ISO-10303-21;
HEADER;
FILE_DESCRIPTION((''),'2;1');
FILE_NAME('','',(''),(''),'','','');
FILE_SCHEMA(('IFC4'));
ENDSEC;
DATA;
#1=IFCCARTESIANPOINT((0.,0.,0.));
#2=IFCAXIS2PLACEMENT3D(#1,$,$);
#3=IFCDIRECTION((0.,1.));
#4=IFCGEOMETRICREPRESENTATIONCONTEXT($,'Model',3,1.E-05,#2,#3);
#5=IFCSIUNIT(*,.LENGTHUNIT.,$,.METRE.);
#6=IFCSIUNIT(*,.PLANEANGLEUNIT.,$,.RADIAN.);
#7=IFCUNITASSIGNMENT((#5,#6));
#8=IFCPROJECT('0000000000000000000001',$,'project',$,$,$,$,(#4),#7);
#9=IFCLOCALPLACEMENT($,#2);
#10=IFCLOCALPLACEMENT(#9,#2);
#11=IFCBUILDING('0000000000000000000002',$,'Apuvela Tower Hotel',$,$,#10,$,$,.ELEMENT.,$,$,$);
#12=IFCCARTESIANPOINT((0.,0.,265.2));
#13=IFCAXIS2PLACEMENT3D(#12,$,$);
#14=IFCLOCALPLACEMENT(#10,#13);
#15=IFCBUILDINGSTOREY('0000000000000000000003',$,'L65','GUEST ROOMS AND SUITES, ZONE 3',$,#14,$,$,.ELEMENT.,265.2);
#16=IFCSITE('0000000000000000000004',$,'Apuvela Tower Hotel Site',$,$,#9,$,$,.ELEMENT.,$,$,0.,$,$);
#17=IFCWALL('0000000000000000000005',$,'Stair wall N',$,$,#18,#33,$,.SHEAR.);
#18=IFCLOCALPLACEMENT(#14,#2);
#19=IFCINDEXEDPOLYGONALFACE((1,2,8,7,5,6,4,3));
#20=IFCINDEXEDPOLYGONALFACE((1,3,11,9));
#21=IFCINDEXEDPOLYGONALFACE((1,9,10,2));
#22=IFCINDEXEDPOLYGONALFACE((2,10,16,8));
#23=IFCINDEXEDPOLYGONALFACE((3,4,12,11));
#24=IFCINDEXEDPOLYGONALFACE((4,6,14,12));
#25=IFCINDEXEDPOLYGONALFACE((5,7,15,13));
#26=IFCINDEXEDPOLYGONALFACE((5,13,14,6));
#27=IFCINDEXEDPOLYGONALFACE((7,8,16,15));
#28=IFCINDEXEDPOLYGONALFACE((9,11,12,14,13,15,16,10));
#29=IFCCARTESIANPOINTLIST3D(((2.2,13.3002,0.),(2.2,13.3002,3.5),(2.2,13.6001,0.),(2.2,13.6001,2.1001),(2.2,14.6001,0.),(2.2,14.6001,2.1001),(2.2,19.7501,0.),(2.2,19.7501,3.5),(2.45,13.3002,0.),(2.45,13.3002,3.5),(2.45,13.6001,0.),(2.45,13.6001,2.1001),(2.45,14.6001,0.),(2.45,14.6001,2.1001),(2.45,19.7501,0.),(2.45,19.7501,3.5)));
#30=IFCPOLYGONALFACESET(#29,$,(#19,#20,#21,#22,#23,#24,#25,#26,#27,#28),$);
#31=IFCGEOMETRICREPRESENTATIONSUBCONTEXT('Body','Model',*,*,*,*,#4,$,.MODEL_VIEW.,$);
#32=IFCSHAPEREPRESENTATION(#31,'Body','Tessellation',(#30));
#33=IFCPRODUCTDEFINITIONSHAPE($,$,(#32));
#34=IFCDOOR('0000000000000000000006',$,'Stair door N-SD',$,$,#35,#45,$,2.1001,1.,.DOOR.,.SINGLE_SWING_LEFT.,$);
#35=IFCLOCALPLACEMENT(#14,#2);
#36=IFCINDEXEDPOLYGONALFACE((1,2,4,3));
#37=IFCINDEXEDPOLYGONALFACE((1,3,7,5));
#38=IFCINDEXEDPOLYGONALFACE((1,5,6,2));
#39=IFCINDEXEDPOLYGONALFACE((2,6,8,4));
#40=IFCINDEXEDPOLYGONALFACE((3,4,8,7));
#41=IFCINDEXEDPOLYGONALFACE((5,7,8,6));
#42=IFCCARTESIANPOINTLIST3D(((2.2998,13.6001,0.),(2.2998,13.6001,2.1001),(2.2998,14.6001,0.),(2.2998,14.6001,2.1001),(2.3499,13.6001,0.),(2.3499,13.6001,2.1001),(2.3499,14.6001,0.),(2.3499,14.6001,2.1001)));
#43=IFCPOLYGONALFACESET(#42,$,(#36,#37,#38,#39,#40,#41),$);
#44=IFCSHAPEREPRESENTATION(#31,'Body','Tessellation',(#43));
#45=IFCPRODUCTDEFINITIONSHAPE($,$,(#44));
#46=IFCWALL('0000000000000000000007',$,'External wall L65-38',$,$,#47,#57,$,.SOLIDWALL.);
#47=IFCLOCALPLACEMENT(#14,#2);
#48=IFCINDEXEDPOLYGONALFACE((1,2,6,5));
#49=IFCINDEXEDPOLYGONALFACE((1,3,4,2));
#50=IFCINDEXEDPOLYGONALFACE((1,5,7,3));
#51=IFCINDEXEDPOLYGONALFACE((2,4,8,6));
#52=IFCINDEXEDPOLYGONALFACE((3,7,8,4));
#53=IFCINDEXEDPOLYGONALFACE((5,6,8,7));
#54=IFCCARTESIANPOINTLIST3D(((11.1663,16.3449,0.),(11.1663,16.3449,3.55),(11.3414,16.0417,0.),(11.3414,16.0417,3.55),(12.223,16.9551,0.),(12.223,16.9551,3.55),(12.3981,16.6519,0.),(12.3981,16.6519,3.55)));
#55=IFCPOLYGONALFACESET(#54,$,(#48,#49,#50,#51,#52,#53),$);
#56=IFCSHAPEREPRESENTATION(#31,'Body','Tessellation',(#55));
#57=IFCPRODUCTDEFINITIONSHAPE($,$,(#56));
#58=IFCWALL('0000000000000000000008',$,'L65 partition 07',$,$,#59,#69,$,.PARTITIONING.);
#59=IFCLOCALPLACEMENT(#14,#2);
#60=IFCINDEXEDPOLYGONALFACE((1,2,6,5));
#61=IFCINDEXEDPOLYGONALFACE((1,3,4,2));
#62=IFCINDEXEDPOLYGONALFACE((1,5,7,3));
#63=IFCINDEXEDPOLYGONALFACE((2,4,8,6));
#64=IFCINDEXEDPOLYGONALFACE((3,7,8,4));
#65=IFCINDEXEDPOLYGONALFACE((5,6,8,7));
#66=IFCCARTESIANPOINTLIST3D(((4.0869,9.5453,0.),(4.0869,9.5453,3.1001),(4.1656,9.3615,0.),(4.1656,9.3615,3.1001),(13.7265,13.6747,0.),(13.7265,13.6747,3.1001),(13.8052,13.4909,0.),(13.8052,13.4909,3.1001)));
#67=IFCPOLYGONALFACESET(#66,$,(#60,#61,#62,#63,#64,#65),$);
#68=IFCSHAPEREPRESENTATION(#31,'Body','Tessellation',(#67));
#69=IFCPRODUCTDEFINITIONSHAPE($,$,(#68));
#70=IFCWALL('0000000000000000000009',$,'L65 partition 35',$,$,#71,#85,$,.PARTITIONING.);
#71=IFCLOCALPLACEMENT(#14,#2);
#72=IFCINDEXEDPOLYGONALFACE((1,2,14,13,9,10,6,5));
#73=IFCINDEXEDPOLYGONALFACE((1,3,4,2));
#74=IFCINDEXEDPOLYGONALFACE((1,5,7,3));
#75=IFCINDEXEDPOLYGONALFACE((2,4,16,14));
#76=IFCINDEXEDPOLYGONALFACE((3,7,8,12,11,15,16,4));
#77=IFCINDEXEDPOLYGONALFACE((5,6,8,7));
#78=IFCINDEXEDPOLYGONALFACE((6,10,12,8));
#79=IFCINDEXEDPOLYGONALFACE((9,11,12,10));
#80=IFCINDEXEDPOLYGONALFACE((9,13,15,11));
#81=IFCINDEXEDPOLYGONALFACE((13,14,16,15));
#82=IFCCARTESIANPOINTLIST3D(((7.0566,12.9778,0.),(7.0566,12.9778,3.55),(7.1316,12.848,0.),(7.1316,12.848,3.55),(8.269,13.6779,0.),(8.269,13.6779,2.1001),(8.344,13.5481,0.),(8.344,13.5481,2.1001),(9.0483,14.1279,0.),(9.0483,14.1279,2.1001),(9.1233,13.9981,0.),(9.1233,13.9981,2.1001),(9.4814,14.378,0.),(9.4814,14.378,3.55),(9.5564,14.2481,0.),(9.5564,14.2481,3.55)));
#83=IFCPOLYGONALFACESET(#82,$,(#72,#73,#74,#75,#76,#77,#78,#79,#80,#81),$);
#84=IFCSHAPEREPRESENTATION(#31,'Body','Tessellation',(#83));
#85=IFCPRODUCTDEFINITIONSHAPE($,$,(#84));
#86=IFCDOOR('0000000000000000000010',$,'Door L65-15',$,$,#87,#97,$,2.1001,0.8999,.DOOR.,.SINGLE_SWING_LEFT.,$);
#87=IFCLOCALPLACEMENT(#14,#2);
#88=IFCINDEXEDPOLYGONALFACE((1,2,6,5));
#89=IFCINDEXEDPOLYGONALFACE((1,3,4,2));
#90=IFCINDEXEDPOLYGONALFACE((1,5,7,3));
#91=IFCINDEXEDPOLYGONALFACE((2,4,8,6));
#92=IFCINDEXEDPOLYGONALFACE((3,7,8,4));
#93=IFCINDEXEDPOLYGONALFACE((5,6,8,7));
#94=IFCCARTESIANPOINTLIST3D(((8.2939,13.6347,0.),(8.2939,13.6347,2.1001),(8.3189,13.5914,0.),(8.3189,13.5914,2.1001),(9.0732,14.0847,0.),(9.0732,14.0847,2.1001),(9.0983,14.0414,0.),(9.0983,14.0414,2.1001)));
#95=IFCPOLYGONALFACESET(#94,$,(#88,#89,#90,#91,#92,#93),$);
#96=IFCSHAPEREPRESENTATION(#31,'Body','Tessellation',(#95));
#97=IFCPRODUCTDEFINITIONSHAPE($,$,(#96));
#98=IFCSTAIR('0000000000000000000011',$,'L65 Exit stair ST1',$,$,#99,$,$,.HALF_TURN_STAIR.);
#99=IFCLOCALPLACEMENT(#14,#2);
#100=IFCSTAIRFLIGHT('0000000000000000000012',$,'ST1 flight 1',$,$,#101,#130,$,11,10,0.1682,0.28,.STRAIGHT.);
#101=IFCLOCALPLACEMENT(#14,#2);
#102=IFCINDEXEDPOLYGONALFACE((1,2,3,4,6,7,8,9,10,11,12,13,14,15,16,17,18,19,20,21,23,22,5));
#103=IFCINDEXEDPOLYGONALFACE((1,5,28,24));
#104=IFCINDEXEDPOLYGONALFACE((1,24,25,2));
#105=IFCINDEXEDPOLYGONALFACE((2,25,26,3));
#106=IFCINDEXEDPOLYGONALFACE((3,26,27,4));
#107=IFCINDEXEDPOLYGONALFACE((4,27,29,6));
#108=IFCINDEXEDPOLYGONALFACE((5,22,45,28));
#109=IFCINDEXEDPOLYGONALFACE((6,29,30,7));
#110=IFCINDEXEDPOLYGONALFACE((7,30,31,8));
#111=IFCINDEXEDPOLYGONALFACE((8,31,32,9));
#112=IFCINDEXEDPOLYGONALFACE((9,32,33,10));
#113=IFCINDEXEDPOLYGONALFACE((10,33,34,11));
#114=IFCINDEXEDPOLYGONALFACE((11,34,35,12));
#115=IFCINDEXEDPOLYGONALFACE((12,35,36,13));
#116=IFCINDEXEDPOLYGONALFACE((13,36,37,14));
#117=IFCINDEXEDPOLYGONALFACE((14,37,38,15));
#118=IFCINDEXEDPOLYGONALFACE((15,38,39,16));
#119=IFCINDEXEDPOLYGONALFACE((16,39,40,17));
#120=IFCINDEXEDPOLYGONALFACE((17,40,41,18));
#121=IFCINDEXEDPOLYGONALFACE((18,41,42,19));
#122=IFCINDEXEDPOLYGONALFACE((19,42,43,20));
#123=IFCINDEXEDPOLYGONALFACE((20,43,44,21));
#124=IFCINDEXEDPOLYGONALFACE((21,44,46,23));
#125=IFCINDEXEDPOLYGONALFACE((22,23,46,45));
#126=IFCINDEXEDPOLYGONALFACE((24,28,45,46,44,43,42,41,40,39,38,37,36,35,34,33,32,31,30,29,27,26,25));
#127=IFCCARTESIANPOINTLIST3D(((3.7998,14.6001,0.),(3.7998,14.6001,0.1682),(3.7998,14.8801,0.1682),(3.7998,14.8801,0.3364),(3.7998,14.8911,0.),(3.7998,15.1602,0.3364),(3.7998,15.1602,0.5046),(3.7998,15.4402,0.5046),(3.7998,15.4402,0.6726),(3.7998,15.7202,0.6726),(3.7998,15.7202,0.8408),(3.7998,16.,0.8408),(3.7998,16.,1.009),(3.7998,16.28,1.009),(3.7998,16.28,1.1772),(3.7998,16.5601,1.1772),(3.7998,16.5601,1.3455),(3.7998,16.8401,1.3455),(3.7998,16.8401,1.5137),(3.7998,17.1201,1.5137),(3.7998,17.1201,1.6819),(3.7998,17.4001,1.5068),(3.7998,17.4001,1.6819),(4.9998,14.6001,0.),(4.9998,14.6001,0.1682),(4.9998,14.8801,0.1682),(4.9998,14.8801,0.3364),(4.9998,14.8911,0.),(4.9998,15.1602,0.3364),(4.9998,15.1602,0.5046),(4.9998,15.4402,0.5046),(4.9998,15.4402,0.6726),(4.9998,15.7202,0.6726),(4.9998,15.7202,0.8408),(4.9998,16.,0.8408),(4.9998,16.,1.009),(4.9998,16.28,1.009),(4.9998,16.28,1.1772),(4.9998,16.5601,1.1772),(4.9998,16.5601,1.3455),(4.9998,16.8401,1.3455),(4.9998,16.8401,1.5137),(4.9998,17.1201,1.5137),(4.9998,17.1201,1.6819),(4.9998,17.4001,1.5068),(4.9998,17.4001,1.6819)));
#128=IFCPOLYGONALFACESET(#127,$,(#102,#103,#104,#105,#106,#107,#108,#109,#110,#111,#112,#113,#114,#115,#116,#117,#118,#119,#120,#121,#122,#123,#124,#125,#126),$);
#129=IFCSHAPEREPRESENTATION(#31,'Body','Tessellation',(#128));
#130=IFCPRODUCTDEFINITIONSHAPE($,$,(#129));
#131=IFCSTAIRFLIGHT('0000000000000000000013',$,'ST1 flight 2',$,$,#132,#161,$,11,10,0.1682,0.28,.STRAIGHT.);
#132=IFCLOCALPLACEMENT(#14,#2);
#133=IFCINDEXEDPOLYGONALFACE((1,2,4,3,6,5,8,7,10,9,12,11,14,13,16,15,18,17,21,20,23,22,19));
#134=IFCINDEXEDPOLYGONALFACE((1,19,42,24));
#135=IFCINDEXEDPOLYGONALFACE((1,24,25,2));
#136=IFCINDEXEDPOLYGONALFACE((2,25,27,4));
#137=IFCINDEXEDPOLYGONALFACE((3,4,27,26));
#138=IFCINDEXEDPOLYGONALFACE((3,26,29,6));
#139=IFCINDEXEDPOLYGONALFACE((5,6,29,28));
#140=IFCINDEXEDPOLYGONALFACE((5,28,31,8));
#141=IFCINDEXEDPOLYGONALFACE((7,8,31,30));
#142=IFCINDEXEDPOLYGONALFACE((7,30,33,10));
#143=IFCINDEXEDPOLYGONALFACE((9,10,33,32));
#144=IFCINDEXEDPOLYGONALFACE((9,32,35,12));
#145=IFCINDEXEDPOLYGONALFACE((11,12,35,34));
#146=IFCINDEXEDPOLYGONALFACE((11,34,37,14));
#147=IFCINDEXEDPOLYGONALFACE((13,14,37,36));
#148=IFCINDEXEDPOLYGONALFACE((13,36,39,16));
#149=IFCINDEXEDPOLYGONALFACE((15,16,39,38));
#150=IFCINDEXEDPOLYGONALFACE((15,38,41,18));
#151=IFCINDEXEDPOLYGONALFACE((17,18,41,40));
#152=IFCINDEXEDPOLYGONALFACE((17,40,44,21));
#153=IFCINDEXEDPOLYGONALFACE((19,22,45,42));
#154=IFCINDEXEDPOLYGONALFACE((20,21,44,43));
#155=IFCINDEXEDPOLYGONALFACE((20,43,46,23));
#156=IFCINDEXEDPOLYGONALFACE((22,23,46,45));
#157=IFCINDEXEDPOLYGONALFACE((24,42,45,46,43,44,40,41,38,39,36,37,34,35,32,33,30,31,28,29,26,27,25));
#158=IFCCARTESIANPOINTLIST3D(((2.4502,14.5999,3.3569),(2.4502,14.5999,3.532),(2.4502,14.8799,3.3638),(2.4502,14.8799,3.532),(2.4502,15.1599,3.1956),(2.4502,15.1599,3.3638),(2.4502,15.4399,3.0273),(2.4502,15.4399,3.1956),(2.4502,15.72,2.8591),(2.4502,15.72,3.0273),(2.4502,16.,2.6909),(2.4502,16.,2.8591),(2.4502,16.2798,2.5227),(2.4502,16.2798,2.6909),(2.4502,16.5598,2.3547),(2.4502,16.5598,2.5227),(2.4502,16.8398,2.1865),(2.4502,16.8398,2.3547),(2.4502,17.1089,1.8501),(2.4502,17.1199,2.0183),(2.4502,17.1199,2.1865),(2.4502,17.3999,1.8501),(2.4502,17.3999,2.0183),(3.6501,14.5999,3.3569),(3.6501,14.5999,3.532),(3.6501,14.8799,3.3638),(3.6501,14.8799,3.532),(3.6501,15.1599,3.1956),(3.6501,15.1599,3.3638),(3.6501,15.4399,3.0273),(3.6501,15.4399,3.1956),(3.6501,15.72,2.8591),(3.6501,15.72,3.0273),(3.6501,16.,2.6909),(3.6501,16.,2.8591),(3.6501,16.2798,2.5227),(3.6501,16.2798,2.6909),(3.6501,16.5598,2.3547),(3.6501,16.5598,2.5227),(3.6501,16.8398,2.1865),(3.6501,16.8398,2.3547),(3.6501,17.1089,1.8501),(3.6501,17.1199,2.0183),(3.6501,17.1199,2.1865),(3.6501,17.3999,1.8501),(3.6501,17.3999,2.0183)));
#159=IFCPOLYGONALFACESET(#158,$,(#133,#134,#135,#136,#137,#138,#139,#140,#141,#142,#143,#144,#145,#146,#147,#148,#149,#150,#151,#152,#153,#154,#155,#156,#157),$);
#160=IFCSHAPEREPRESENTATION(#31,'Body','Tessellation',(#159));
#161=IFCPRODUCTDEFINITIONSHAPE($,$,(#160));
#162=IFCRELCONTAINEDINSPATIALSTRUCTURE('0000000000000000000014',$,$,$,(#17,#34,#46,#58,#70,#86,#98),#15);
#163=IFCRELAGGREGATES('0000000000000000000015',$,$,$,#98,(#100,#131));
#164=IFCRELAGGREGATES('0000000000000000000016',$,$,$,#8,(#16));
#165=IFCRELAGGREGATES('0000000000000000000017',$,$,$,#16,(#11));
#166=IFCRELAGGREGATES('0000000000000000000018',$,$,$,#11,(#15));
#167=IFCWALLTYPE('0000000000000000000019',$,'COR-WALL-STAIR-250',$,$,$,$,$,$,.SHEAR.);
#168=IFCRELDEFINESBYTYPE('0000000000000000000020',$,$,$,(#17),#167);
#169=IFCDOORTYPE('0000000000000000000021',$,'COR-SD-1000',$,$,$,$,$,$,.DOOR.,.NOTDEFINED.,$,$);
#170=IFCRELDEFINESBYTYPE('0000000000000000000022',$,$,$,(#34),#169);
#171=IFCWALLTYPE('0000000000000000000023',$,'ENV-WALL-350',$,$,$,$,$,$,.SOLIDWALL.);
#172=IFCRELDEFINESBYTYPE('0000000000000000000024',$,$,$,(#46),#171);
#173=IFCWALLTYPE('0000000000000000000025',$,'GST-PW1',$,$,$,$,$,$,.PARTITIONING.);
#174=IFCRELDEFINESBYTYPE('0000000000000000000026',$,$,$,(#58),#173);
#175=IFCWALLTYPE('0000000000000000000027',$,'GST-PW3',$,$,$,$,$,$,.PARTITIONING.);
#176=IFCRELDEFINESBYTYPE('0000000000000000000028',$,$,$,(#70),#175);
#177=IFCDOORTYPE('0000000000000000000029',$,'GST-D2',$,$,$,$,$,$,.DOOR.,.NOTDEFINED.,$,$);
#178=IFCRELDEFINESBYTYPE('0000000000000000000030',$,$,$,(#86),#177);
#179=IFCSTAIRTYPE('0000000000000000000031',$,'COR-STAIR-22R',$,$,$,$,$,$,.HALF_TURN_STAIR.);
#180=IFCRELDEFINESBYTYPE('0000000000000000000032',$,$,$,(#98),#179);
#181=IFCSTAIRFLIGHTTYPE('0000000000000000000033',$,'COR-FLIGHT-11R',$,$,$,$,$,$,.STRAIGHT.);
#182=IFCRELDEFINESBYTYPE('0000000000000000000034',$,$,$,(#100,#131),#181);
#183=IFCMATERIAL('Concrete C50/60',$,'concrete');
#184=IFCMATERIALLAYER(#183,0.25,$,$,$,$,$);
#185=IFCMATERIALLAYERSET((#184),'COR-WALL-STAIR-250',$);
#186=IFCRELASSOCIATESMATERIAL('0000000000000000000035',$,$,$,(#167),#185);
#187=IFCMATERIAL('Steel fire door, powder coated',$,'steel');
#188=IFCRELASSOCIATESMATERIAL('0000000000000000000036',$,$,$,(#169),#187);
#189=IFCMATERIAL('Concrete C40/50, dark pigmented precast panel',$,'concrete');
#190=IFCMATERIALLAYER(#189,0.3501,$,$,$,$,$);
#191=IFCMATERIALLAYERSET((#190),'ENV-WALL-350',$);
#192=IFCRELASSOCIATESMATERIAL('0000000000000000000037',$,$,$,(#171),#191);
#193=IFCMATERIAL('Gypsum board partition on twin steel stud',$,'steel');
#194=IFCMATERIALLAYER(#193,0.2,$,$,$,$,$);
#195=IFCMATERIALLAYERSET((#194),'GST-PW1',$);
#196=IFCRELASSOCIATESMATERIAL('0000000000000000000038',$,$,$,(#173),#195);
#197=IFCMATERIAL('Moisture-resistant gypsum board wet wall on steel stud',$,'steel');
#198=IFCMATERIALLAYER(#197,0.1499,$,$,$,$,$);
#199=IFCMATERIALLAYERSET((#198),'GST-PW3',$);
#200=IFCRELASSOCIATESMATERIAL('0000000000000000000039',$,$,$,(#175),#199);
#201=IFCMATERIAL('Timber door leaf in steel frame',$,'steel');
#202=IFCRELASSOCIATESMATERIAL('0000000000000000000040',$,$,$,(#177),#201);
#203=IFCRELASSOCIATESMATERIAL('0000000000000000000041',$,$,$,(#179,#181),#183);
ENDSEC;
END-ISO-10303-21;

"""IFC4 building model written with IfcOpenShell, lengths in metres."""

from ifc_helpers import new_model, si_unit, direction, frame, frame_2d, origin, place, context, subcontext, project, spatial, polyline, rectangle, outline, extrude, material, layer, layer_set, type_object, element, fill, aggregate, save


model = new_model("IFC4")

# Units and contexts
model_context = context("Model", 3, precision=1e-05, world=origin(), true_north=direction((0.0, 1.0)))
body_context = subcontext(model_context, "Body", "Model", "MODEL_VIEW")
ifc_project = project(units=[si_unit("LENGTHUNIT", "METRE"), si_unit("PLANEANGLEUNIT", "RADIAN")], contexts=[model_context])

# Site, building, storey
site_placement = place(None, origin())
site = spatial("IfcSite", under=ifc_project, at=site_placement, Name="Apuvela Tower Hotel Site", CompositionType="ELEMENT", RefElevation=0.0)
building_placement = place(site_placement, origin())
building = spatial("IfcBuilding", under=site, at=building_placement, Name="Apuvela Tower Hotel", CompositionType="ELEMENT")
storey_placement = place(building_placement, frame((0.0, 0.0, 265.2)))
storey = spatial("IfcBuildingStorey", under=building, at=storey_placement, Name="L65", Description="GUEST ROOMS AND SUITES, ZONE 3", CompositionType="ELEMENT", Elevation=265.2)

# Shared definitions
ifc_material_1 = material(Name="Concrete C50/60", Category="concrete")
ifc_material_2 = material(Name="Steel fire door, powder coated", Category="steel")

# Wall, opening, door
ifc_layer_1 = layer(ifc_material_1, 0.25)
ifc_layer_set_1 = layer_set([ifc_layer_1], Name="COR-WALL-STAIR-250")
wall_type_1 = type_object("IfcWallType", Name="COR-WALL-STAIR-250", PredefinedType="SHEAR", material=ifc_layer_set_1)
wall_1_placement = place(storey_placement, frame((2.325, 13.3, 0.0), z_axis=(0.0, 0.0, 1.0), x_axis=(0.0, 1.0, 0.0)))
wall_1 = element("IfcWall", 1, at=wall_1_placement, inside=storey, type_object=wall_type_1, Name="Stair wall N", PredefinedType="SHEAR", context=body_context, shape_type="SweptSolid", body=[
    extrude(rectangle(XDim=6.45, YDim=0.25, at=frame_2d((3.2251, 0.0))), origin(), (0.0, 0.0, 1.0), 3.5),
])
opening_1_placement = place(wall_1_placement, frame((0.3, 0.0, 0.0)))
opening_1 = element("IfcOpeningElement", 2, at=opening_1_placement, cuts=wall_1, PredefinedType="OPENING", context=body_context, shape_type="SweptSolid", body=[
    extrude(rectangle(XDim=1.0, YDim=2.1001, at=frame_2d((0.5, 1.05))), frame((0.0, 0.135, 0.0), z_axis=(0.0, -1.0, 0.0), x_axis=(1.0, 0.0, 0.0)), (0.0, 0.0, 1.0), 0.27),
])
door_type_1 = type_object("IfcDoorType", Name="COR-SD-1000", OperationType="NOTDEFINED", PredefinedType="DOOR", material=ifc_material_2)
door_1_placement = place(opening_1_placement, frame((1.0, 0.0, 0.0), z_axis=(0.0, 0.0, 1.0), x_axis=(-1.0, 0.0, 0.0)))
door_1 = element("IfcDoor", 3, at=door_1_placement, inside=storey, type_object=door_type_1, Name="Stair door N-SD", OperationType="SINGLE_SWING_LEFT", OverallHeight=2.1001, OverallWidth=1.0, PredefinedType="DOOR", context=body_context, shape_type="SweptSolid", body=[
    extrude(rectangle(XDim=1.0, YDim=2.1001, at=frame_2d((0.5, 1.05))), frame((0.0, 0.0249, 0.0), z_axis=(0.0, -1.0, 0.0), x_axis=(1.0, 0.0, 0.0)), (0.0, 0.0, 1.0), 0.05),
])
fill(opening_1, door_1)

# Wall
ifc_material_3 = material(Name="Concrete C40/50, dark pigmented precast panel", Category="concrete")
ifc_layer_2 = layer(ifc_material_3, 0.3501)
ifc_layer_set_2 = layer_set([ifc_layer_2], Name="ENV-WALL-350")
wall_type_2 = type_object("IfcWallType", Name="ENV-WALL-350", PredefinedType="SOLIDWALL", material=ifc_layer_set_2)
wall_2_placement = place(storey_placement, frame((12.3105, 16.8035, 0.0), z_axis=(0.0, 0.0, 1.0), x_axis=(-0.866006, -0.500034, 0.0)))
element("IfcWall", 4, at=wall_2_placement, inside=storey, type_object=wall_type_2, Name="External wall L65-38", PredefinedType="SOLIDWALL", context=body_context, shape_type="SweptSolid", body=[
    extrude(rectangle(XDim=1.2202, YDim=0.3501, at=frame_2d((0.6101, 0.0))), origin(), (0.0, 0.0, 1.0), 3.55),
])

# Wall
ifc_material_4 = material(Name="Gypsum board partition on twin steel stud", Category="steel")
ifc_layer_3 = layer(ifc_material_4, 0.2)
ifc_layer_set_3 = layer_set([ifc_layer_3], Name="GST-PW1")
wall_type_3 = type_object("IfcWallType", Name="GST-PW1", PredefinedType="PARTITIONING", material=ifc_layer_set_3)
wall_3_placement = place(storey_placement, frame((13.7659, 13.5828, 0.0), z_axis=(0.0, 0.0, 1.0), x_axis=(-0.91921, -0.393768, 0.0)))
element("IfcWall", 5, at=wall_3_placement, inside=storey, type_object=wall_type_3, Name="L65 partition 07", PredefinedType="PARTITIONING", context=body_context, shape_type="SweptSolid", body=[
    extrude(rectangle(XDim=10.4868, YDim=0.2, at=frame_2d((5.2434, 0.0))), origin(), (0.0, 0.0, 1.0), 3.1001),
])

# Wall, opening, door
ifc_material_5 = material(Name="Moisture-resistant gypsum board wet wall on steel stud", Category="steel")
ifc_layer_4 = layer(ifc_material_5, 0.1499)
ifc_layer_set_4 = layer_set([ifc_layer_4], Name="GST-PW3")
wall_type_4 = type_object("IfcWallType", Name="GST-PW3", PredefinedType="PARTITIONING", material=ifc_layer_set_4)
wall_4_placement = place(storey_placement, frame((9.5188, 14.313, 0.0), z_axis=(0.0, 0.0, 1.0), x_axis=(-0.865997, -0.50005, 0.0)))
wall_4 = element("IfcWall", 6, at=wall_4_placement, inside=storey, type_object=wall_type_4, Name="L65 partition 35", PredefinedType="PARTITIONING", context=body_context, shape_type="SweptSolid", body=[
    extrude(rectangle(XDim=2.8, YDim=0.1499, at=frame_2d((1.3999, 0.0))), origin(), (0.0, 0.0, 1.0), 3.55),
])
opening_2_placement = place(wall_4_placement, frame((0.5, 0.0, 0.0)))
opening_2 = element("IfcOpeningElement", 7, at=opening_2_placement, cuts=wall_4, PredefinedType="OPENING", context=body_context, shape_type="SweptSolid", body=[
    extrude(rectangle(XDim=0.8999, YDim=2.1001, at=frame_2d((0.45, 1.05))), frame((0.0, 0.085, 0.0), z_axis=(0.0, -1.0, 0.0), x_axis=(1.0, 0.0, 0.0)), (0.0, 0.0, 1.0), 0.1699),
])
ifc_material_6 = material(Name="Timber door leaf in steel frame", Category="steel")
door_type_2 = type_object("IfcDoorType", Name="GST-D2", OperationType="NOTDEFINED", PredefinedType="DOOR", material=ifc_material_6)
door_2_placement = place(opening_2_placement, origin())
door_2 = element("IfcDoor", 8, at=door_2_placement, inside=storey, type_object=door_type_2, Name="Door L65-15", OperationType="SINGLE_SWING_LEFT", OverallHeight=2.1001, OverallWidth=0.8999, PredefinedType="DOOR", context=body_context, shape_type="SweptSolid", body=[
    extrude(rectangle(XDim=0.8999, YDim=2.1001, at=frame_2d((0.45, 1.05))), frame((0.0, 0.0249, 0.0), z_axis=(0.0, -1.0, 0.0), x_axis=(1.0, 0.0, 0.0)), (0.0, 0.0, 1.0), 0.05),
])
fill(opening_2, door_2)

# Stair, stair flights
stair_type = type_object("IfcStairType", Name="COR-STAIR-22R", PredefinedType="HALF_TURN_STAIR", material=ifc_material_1)
stair_placement = place(storey_placement, origin())
stair = element("IfcStair", 9, at=stair_placement, inside=storey, type_object=stair_type, Name="L65 Exit stair ST1", PredefinedType="HALF_TURN_STAIR")
stair_flight_type = type_object("IfcStairFlightType", Name="COR-FLIGHT-11R", PredefinedType="STRAIGHT", material=ifc_material_1)
stair_flight_1_placement = place(storey_placement, frame((4.3999, 14.6001, 0.0), z_axis=(0.0, 0.0, 1.0), x_axis=(0.0, 1.0, 0.0)))
stair_flight_1 = element("IfcStairFlight", 10, at=stair_flight_1_placement, type_object=stair_flight_type, Name="ST1 flight 1", NumberOfRisers=11, NumberOfTreads=10, PredefinedType="STRAIGHT", RiserHeight=0.1682, TreadLength=0.28, context=body_context, shape_type="SweptSolid", body=[
    extrude(outline(polyline([(0.0, 0.0), (0.0, 0.1682), (0.28, 0.1682), (0.28, 0.3364), (0.5601, 0.3364), (0.5601, 0.5046), (0.8401, 0.5046), (0.8401, 0.6726), (1.1201, 0.6726), (1.1201, 0.8408), (1.3999, 0.8408), (1.3999, 1.009), (1.6799, 1.009), (1.6799, 1.1772), (1.96, 1.1772), (1.96, 1.3455), (2.24, 1.3455), (2.24, 1.5137), (2.52, 1.5137), (2.52, 1.6819), (2.8, 1.6819), (2.8, 1.8501), (2.8, 1.5068), (0.291, 0.0), (0.0, 0.0)])), frame((0.0, 0.6001, 0.0), z_axis=(0.0, -1.0, 0.0), x_axis=(1.0, 0.0, 0.0)), (0.0, 0.0, 1.0), 1.2),
])
stair_flight_2_placement = place(storey_placement, frame((3.05, 17.3999, 1.8501), z_axis=(0.0, 0.0, 1.0), x_axis=(0.0, -1.0, 0.0)))
stair_flight_2 = element("IfcStairFlight", 11, at=stair_flight_2_placement, type_object=stair_flight_type, Name="ST1 flight 2", NumberOfRisers=11, NumberOfTreads=10, PredefinedType="STRAIGHT", RiserHeight=0.1682, TreadLength=0.28, context=body_context, shape_type="SweptSolid", body=[
    extrude(outline(polyline([(0.0, 0.0), (0.0, 0.1682), (0.28, 0.1682), (0.28, 0.3364), (0.5601, 0.3364), (0.5601, 0.5046), (0.8401, 0.5046), (0.8401, 0.6726), (1.1201, 0.6726), (1.1201, 0.8408), (1.3999, 0.8408), (1.3999, 1.009), (1.6799, 1.009), (1.6799, 1.1772), (1.96, 1.1772), (1.96, 1.3455), (2.24, 1.3455), (2.24, 1.5137), (2.52, 1.5137), (2.52, 1.6819), (2.8, 1.6819), (2.8, 1.8501), (2.8, 1.5068), (0.291, 0.0), (0.0, 0.0)])), frame((0.0, 0.6001, 0.0), z_axis=(0.0, -1.0, 0.0), x_axis=(1.0, 0.0, 0.0)), (0.0, 0.0, 1.0), 1.2),
])
aggregate(stair, [stair_flight_1, stair_flight_2])

save(model, "model.ifc")
